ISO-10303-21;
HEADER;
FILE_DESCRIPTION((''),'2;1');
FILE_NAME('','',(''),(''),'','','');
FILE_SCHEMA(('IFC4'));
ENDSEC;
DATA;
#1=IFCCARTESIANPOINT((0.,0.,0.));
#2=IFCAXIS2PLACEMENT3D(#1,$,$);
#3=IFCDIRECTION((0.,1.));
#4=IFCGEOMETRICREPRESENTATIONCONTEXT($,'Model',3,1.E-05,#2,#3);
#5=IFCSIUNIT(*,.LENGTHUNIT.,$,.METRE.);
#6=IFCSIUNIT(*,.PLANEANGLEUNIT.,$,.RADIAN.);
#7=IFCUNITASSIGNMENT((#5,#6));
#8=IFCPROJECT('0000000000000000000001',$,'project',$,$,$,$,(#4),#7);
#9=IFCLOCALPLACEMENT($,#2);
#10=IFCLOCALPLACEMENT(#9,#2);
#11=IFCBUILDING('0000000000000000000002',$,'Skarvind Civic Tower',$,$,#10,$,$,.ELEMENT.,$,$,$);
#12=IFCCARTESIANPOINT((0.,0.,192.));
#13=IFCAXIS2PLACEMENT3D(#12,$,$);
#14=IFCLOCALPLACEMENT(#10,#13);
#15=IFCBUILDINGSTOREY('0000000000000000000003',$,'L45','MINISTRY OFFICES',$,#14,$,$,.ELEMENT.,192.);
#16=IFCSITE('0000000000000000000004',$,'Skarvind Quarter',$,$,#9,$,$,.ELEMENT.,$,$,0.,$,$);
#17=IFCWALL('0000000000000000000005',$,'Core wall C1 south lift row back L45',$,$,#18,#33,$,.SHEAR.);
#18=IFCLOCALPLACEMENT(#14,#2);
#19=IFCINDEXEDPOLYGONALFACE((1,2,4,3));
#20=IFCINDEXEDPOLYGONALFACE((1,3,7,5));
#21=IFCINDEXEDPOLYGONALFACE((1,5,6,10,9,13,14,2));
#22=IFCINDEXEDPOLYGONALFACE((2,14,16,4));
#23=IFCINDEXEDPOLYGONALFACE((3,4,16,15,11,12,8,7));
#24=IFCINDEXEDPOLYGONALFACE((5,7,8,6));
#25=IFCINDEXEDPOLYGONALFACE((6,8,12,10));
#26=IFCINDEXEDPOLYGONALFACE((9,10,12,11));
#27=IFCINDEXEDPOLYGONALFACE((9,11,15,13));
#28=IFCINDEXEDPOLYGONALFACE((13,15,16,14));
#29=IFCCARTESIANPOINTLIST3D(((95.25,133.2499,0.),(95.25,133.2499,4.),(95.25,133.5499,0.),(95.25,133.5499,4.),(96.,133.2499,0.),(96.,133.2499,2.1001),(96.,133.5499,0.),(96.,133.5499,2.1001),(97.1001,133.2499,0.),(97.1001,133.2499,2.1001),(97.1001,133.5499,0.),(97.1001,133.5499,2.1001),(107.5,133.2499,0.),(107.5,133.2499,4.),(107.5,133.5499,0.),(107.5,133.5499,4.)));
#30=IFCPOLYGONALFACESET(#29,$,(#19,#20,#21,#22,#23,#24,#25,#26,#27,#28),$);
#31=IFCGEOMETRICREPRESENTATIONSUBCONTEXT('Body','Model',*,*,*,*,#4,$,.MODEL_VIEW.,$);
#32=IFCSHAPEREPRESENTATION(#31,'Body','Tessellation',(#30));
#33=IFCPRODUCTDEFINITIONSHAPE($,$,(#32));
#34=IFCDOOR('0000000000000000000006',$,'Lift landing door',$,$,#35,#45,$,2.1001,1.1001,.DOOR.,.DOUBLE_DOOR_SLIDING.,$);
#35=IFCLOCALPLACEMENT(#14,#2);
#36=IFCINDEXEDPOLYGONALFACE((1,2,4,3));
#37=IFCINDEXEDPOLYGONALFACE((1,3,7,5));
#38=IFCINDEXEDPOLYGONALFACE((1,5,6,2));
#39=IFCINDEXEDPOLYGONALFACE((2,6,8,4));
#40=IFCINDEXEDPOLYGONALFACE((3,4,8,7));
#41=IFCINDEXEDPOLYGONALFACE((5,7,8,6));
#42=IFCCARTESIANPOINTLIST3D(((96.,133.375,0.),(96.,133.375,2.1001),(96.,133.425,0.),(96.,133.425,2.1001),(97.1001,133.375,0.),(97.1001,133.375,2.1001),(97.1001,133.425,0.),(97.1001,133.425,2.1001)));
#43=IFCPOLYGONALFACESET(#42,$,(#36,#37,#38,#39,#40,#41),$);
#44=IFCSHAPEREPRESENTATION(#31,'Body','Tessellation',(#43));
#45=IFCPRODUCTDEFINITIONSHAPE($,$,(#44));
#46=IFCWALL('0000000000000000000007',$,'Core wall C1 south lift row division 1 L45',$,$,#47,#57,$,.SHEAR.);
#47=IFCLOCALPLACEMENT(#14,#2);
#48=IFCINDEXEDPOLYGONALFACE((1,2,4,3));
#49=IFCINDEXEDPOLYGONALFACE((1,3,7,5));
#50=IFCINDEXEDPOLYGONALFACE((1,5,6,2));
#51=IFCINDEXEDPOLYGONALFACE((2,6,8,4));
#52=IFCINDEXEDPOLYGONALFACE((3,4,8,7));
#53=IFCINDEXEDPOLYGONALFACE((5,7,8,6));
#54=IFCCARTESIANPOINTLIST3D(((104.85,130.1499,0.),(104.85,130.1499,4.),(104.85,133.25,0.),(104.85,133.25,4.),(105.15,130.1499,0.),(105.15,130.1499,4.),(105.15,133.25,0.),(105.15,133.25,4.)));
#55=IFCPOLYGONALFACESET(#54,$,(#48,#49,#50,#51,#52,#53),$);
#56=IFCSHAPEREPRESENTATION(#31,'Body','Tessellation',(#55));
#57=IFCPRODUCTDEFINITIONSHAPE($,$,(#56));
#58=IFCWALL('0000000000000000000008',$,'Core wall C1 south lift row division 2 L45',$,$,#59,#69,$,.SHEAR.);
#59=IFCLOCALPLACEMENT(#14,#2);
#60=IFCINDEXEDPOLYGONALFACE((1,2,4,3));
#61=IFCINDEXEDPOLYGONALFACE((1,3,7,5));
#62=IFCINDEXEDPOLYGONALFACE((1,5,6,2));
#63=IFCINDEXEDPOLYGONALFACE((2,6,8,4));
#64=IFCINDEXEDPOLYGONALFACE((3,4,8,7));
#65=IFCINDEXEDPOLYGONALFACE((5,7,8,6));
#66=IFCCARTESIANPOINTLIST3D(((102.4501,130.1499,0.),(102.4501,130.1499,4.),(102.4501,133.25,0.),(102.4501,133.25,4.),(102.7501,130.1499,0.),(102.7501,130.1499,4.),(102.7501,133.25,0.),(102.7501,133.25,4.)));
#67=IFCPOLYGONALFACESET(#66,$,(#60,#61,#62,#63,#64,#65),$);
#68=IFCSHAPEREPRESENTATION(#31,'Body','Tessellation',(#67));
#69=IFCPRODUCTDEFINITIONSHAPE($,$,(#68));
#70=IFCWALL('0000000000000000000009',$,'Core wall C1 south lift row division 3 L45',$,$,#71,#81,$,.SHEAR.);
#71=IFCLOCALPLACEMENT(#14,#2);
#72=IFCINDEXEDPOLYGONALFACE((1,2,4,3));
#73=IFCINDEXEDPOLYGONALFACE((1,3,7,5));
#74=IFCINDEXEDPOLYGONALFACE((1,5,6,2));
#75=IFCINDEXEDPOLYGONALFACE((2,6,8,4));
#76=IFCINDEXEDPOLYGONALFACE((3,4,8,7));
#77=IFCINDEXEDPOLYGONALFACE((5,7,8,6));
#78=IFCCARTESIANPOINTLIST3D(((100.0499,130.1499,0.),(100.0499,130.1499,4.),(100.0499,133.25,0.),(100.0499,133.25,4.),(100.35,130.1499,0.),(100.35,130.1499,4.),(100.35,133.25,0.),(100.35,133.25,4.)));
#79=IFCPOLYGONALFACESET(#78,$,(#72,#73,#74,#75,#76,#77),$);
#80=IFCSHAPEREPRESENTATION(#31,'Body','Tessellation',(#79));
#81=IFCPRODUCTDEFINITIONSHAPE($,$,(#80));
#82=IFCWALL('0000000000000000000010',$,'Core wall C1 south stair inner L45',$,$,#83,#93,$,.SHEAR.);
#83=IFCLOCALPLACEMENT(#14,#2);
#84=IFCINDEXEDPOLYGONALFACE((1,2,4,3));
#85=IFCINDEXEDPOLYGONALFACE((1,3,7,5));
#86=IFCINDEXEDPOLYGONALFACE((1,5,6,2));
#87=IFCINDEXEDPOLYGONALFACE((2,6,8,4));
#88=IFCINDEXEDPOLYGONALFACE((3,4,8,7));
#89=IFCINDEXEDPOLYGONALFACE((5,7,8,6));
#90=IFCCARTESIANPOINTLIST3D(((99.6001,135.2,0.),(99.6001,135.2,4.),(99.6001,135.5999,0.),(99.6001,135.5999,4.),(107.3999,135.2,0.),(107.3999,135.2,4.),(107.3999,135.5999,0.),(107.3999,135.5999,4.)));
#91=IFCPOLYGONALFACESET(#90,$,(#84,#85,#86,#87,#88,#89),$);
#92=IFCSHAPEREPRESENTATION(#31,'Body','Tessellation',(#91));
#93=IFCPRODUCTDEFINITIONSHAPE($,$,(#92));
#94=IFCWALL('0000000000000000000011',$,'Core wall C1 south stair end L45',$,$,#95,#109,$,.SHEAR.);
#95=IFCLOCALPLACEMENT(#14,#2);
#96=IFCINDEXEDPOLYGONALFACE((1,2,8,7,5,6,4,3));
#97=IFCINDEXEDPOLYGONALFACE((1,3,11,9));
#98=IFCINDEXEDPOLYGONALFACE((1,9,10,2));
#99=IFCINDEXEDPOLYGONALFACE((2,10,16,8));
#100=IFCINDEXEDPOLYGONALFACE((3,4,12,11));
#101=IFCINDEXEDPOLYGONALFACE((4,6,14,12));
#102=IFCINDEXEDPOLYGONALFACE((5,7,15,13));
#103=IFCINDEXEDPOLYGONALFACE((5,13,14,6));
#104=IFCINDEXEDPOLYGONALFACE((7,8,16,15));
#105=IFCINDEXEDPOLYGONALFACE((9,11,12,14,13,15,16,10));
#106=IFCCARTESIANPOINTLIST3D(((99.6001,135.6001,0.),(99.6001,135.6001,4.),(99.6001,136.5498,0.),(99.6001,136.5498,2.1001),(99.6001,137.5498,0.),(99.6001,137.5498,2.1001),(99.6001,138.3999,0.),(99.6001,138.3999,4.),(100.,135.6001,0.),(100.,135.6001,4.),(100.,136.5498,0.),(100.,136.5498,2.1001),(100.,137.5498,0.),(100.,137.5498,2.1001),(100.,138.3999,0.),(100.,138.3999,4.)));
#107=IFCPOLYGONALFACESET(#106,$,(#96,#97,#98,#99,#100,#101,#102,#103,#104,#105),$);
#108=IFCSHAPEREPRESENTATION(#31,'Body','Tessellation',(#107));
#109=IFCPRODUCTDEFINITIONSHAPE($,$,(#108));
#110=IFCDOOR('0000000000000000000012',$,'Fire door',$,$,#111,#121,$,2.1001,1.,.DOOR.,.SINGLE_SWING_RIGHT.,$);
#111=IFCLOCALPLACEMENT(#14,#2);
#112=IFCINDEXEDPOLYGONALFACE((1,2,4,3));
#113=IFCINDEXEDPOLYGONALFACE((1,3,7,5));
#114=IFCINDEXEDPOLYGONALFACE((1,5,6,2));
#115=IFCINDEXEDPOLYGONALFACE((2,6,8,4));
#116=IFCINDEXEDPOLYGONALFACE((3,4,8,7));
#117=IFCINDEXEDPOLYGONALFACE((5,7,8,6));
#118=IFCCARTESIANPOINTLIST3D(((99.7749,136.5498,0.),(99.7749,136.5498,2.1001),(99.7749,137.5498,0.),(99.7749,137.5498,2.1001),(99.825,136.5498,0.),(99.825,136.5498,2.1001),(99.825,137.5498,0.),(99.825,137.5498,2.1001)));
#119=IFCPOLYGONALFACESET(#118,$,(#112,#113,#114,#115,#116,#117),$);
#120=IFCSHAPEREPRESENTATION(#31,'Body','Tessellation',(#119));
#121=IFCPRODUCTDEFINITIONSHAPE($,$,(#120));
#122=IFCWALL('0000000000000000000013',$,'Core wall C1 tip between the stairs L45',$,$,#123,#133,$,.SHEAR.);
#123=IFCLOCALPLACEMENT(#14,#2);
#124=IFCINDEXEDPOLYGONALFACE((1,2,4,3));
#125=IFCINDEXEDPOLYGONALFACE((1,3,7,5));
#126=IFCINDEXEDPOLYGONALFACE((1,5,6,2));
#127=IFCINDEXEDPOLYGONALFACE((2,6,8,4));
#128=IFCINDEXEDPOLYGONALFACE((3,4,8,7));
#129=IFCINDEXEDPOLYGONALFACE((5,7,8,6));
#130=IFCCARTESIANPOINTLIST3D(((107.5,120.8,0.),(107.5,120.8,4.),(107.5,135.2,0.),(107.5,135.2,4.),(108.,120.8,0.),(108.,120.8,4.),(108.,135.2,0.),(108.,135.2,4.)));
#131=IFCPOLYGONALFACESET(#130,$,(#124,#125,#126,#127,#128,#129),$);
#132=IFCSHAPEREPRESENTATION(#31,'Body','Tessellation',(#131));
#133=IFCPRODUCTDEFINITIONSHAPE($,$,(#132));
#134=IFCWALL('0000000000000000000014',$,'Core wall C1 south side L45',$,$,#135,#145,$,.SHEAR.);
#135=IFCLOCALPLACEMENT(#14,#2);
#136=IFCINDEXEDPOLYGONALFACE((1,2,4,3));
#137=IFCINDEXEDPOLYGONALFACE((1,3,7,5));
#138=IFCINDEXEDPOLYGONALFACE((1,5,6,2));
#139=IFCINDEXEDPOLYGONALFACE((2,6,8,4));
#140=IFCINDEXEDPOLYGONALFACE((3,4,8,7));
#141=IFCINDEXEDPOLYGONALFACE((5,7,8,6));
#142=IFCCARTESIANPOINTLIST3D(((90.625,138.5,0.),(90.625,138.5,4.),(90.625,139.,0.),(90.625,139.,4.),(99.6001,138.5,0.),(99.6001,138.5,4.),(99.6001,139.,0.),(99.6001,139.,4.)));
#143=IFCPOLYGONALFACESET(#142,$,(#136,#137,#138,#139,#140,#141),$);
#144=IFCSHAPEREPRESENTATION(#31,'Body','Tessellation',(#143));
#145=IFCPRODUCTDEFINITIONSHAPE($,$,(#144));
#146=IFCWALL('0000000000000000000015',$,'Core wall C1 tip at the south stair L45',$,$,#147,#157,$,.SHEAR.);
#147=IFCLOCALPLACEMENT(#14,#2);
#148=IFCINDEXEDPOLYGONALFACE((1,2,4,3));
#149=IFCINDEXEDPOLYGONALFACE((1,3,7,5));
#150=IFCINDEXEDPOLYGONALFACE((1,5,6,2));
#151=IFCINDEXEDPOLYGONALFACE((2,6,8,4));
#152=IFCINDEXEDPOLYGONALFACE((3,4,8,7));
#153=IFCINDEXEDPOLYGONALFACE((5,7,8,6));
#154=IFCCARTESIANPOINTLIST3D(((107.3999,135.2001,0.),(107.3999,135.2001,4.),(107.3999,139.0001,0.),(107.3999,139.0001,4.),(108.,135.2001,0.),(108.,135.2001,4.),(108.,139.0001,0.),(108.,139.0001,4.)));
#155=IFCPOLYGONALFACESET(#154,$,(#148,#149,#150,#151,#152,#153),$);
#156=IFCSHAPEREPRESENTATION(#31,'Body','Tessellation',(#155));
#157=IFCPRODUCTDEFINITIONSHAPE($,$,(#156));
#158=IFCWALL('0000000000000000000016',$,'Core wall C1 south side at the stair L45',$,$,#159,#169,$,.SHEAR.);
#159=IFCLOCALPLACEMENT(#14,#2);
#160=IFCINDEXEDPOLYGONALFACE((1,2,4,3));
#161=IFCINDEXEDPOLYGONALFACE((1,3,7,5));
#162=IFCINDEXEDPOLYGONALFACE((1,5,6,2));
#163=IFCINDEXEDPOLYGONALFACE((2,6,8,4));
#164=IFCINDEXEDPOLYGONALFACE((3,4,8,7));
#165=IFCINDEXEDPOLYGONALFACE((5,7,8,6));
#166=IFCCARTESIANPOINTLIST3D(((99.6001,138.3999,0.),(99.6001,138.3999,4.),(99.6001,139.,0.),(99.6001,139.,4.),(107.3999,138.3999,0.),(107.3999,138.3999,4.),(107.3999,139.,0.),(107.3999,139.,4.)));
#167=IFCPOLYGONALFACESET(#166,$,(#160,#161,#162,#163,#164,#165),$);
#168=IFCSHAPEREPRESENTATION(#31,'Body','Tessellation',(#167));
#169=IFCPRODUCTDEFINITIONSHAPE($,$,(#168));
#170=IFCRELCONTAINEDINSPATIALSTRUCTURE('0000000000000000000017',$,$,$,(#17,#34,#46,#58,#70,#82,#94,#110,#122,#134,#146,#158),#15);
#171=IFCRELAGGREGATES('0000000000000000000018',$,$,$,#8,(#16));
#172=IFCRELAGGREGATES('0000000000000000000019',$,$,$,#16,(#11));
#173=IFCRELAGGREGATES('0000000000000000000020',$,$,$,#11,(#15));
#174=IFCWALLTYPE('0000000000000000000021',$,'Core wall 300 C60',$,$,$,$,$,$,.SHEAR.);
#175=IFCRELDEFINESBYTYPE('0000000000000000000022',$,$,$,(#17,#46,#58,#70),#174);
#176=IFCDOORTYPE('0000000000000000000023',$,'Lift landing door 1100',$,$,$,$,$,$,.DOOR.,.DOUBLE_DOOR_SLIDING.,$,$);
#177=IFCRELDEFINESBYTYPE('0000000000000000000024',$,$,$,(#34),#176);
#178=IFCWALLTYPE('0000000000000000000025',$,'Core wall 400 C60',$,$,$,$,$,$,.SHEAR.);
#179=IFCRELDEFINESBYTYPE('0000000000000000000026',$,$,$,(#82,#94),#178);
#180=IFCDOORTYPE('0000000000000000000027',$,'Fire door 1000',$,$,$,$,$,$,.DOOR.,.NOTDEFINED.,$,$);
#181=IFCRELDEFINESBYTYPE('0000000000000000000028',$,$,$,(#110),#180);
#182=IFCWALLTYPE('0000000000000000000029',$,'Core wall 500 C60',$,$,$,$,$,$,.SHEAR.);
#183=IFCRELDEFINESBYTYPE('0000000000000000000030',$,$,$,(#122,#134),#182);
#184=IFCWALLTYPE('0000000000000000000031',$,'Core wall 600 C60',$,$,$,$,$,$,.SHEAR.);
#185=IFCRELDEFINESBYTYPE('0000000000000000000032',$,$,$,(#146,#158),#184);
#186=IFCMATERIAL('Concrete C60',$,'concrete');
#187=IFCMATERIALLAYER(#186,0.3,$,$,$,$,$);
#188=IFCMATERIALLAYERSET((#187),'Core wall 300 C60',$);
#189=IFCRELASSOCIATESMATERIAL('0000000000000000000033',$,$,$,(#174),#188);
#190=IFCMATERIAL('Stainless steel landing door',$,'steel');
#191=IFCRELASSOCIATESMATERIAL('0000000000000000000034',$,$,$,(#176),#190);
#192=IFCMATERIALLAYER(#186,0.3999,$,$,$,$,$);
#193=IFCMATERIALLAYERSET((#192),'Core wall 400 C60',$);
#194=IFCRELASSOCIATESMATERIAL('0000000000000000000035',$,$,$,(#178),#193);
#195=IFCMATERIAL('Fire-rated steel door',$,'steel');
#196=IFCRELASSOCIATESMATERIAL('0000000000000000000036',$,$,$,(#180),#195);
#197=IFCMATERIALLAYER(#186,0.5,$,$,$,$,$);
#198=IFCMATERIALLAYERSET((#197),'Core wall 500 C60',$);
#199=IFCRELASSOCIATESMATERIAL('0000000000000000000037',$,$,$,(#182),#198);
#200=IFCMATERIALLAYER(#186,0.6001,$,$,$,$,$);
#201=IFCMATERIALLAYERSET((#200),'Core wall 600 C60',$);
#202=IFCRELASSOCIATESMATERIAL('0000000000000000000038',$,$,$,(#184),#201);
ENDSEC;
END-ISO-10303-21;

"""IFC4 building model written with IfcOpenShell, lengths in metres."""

from ifc_helpers import new_model, si_unit, direction, frame, frame_2d, origin, place, context, subcontext, project, spatial, rectangle, extrude, material, layer, layer_set, type_object, element, fill, save


model = new_model("IFC4")

# Units and contexts
model_context = context("Model", 3, precision=1e-05, world=origin(), true_north=direction((0.0, 1.0)))
body_context = subcontext(model_context, "Body", "Model", "MODEL_VIEW")
ifc_project = project(units=[si_unit("LENGTHUNIT", "METRE"), si_unit("PLANEANGLEUNIT", "RADIAN")], contexts=[model_context])

# Site, building, storey
site_placement = place(None, origin())
site = spatial("IfcSite", under=ifc_project, at=site_placement, Name="Skarvind Quarter", CompositionType="ELEMENT", RefElevation=0.0)
building_placement = place(site_placement, origin())
building = spatial("IfcBuilding", under=site, at=building_placement, Name="Skarvind Civic Tower", CompositionType="ELEMENT")
storey_placement = place(building_placement, frame((0.0, 0.0, 192.0)))
storey = spatial("IfcBuildingStorey", under=building, at=storey_placement, Name="L45", Description="MINISTRY OFFICES", CompositionType="ELEMENT", Elevation=192.0)

# Wall, opening, door
ifc_material_1 = material(Name="Concrete C60", Category="concrete")
ifc_layer_1 = layer(ifc_material_1, 0.3)
ifc_layer_set_1 = layer_set([ifc_layer_1], Name="Core wall 300 C60")
wall_type_1 = type_object("IfcWallType", Name="Core wall 300 C60", PredefinedType="SHEAR", material=ifc_layer_set_1)
wall_1_placement = place(storey_placement, frame((107.5, 133.3999, 0.0), z_axis=(0.0, 0.0, 1.0), x_axis=(-1.0, 0.0, 0.0)))
wall_1 = element("IfcWall", 1, at=wall_1_placement, inside=storey, type_object=wall_type_1, Name="Core wall C1 south lift row back L45", PredefinedType="SHEAR", context=body_context, shape_type="SweptSolid", body=[
    extrude(rectangle(XDim=12.25, YDim=0.3, at=frame_2d((6.125, 0.0))), origin(), (0.0, 0.0, 1.0), 4.0),
])
opening_1_placement = place(wall_1_placement, frame((10.3999, 0.0, 0.0)))
opening_1 = element("IfcOpeningElement", 2, at=opening_1_placement, cuts=wall_1, PredefinedType="OPENING", context=body_context, shape_type="SweptSolid", body=[
    extrude(rectangle(XDim=1.1001, YDim=2.1001, at=frame_2d((0.55, 1.05))), frame((0.0, 0.1599, 0.0), z_axis=(0.0, -1.0, 0.0), x_axis=(1.0, 0.0, 0.0)), (0.0, 0.0, 1.0), 0.3201),
])
ifc_material_2 = material(Name="Stainless steel landing door", Category="steel")
door_type_1 = type_object("IfcDoorType", Name="Lift landing door 1100", OperationType="DOUBLE_DOOR_SLIDING", PredefinedType="DOOR", material=ifc_material_2)
door_1_placement = place(opening_1_placement, origin())
door_1 = element("IfcDoor", 3, at=door_1_placement, inside=storey, type_object=door_type_1, Name="Lift landing door", OperationType="DOUBLE_DOOR_SLIDING", OverallHeight=2.1001, OverallWidth=1.1001, PredefinedType="DOOR", context=body_context, shape_type="SweptSolid", body=[
    extrude(rectangle(XDim=1.1001, YDim=2.1001, at=frame_2d((0.55, 1.05))), frame((0.0, 0.0249, 0.0), z_axis=(0.0, -1.0, 0.0), x_axis=(1.0, 0.0, 0.0)), (0.0, 0.0, 1.0), 0.05),
])
fill(opening_1, door_1)

# Walls
for number, where, z_axis, x_axis, name in (
    (4, (105.0, 133.25, 0.0), (0.0, 0.0, 1.0), (0.0, -1.0, 0.0), "Core wall C1 south lift row division 1 L45"),
    (5, (102.6001, 133.25, 0.0), (0.0, 0.0, 1.0), (0.0, -1.0, 0.0), "Core wall C1 south lift row division 2 L45"),
    (6, (100.2, 133.25, 0.0), (0.0, 0.0, 1.0), (0.0, -1.0, 0.0), "Core wall C1 south lift row division 3 L45"),
):
    element("IfcWall", number, at=place(storey_placement, frame(where, z_axis=z_axis, x_axis=x_axis)), inside=storey, type_object=wall_type_1, Name=name, PredefinedType="SHEAR", context=body_context, shape_type="SweptSolid", body=[
        extrude(rectangle(XDim=3.1001, YDim=0.3, at=frame_2d((1.55, 0.0))), origin(), (0.0, 0.0, 1.0), 4.0),
    ])
ifc_layer_2 = layer(ifc_material_1, 0.3999)
ifc_layer_set_2 = layer_set([ifc_layer_2], Name="Core wall 400 C60")
wall_type_2 = type_object("IfcWallType", Name="Core wall 400 C60", PredefinedType="SHEAR", material=ifc_layer_set_2)
wall_2_placement = place(storey_placement, frame((107.3999, 135.3999, 0.0), z_axis=(0.0, 0.0, 1.0), x_axis=(-1.0, 0.0, 0.0)))
element("IfcWall", 7, at=wall_2_placement, inside=storey, type_object=wall_type_2, Name="Core wall C1 south stair inner L45", PredefinedType="SHEAR", context=body_context, shape_type="SweptSolid", body=[
    extrude(rectangle(XDim=7.7998, YDim=0.3999, at=frame_2d((3.8999, 0.0))), origin(), (0.0, 0.0, 1.0), 4.0),
])

# Wall, opening, door
wall_3_placement = place(storey_placement, frame((99.8, 138.3999, 0.0), z_axis=(0.0, 0.0, 1.0), x_axis=(0.0, -1.0, 0.0)))
wall_3 = element("IfcWall", 8, at=wall_3_placement, inside=storey, type_object=wall_type_2, Name="Core wall C1 south stair end L45", PredefinedType="SHEAR", context=body_context, shape_type="SweptSolid", body=[
    extrude(rectangle(XDim=2.7998, YDim=0.3999, at=frame_2d((1.3999, 0.0))), origin(), (0.0, 0.0, 1.0), 4.0),
])
opening_2_placement = place(wall_3_placement, frame((0.8501, 0.0, 0.0)))
opening_2 = element("IfcOpeningElement", 9, at=opening_2_placement, cuts=wall_3, PredefinedType="OPENING", context=body_context, shape_type="SweptSolid", body=[
    extrude(rectangle(XDim=1.0, YDim=2.1001, at=frame_2d((0.5, 1.05))), frame((0.0, 0.21, 0.0), z_axis=(0.0, -1.0, 0.0), x_axis=(1.0, 0.0, 0.0)), (0.0, 0.0, 1.0), 0.4199),
])
ifc_material_3 = material(Name="Fire-rated steel door", Category="steel")
door_type_2 = type_object("IfcDoorType", Name="Fire door 1000", OperationType="NOTDEFINED", PredefinedType="DOOR", material=ifc_material_3)
door_2_placement = place(opening_2_placement, origin())
door_2 = element("IfcDoor", 10, at=door_2_placement, inside=storey, type_object=door_type_2, Name="Fire door", OperationType="SINGLE_SWING_RIGHT", OverallHeight=2.1001, OverallWidth=1.0, PredefinedType="DOOR", context=body_context, shape_type="SweptSolid", body=[
    extrude(rectangle(XDim=1.0, YDim=2.1001, at=frame_2d((0.5, 1.05))), frame((0.0, 0.0249, 0.0), z_axis=(0.0, -1.0, 0.0), x_axis=(1.0, 0.0, 0.0)), (0.0, 0.0, 1.0), 0.05),
])
fill(opening_2, door_2)

# Walls
ifc_layer_3 = layer(ifc_material_1, 0.5)
ifc_layer_set_3 = layer_set([ifc_layer_3], Name="Core wall 500 C60")
wall_type_3 = type_object("IfcWallType", Name="Core wall 500 C60", PredefinedType="SHEAR", material=ifc_layer_set_3)
wall_4_placement = place(storey_placement, frame((107.75, 135.2, 0.0), z_axis=(0.0, 0.0, 1.0), x_axis=(0.0, -1.0, 0.0)))
element("IfcWall", 11, at=wall_4_placement, inside=storey, type_object=wall_type_3, Name="Core wall C1 tip between the stairs L45", PredefinedType="SHEAR", context=body_context, shape_type="SweptSolid", body=[
    extrude(rectangle(XDim=14.3999, YDim=0.5, at=frame_2d((7.2, 0.0))), origin(), (0.0, 0.0, 1.0), 4.0),
])
wall_5_placement = place(storey_placement, frame((99.6001, 138.75, 0.0), z_axis=(0.0, 0.0, 1.0), x_axis=(-1.0, 0.0, 0.0)))
element("IfcWall", 12, at=wall_5_placement, inside=storey, type_object=wall_type_3, Name="Core wall C1 south side L45", PredefinedType="SHEAR", context=body_context, shape_type="SweptSolid", body=[
    extrude(rectangle(XDim=8.9751, YDim=0.5, at=frame_2d((4.4875, 0.0))), origin(), (0.0, 0.0, 1.0), 4.0),
])
ifc_layer_4 = layer(ifc_material_1, 0.6001)
ifc_layer_set_4 = layer_set([ifc_layer_4], Name="Core wall 600 C60")
wall_type_4 = type_object("IfcWallType", Name="Core wall 600 C60", PredefinedType="SHEAR", material=ifc_layer_set_4)
wall_6_placement = place(storey_placement, frame((107.7, 139.0, 0.0), z_axis=(0.0, 0.0, 1.0), x_axis=(0.0, -1.0, 0.0)))
element("IfcWall", 13, at=wall_6_placement, inside=storey, type_object=wall_type_4, Name="Core wall C1 tip at the south stair L45", PredefinedType="SHEAR", context=body_context, shape_type="SweptSolid", body=[
    extrude(rectangle(XDim=3.8, YDim=0.6001, at=frame_2d((1.8999, 0.0))), origin(), (0.0, 0.0, 1.0), 4.0),
])
wall_7_placement = place(storey_placement, frame((107.3999, 138.7, 0.0), z_axis=(0.0, 0.0, 1.0), x_axis=(-1.0, 0.0, 0.0)))
element("IfcWall", 14, at=wall_7_placement, inside=storey, type_object=wall_type_4, Name="Core wall C1 south side at the stair L45", PredefinedType="SHEAR", context=body_context, shape_type="SweptSolid", body=[
    extrude(rectangle(XDim=7.7998, YDim=0.6001, at=frame_2d((3.8999, 0.0))), origin(), (0.0, 0.0, 1.0), 4.0),
])

save(model, "model.ifc")
